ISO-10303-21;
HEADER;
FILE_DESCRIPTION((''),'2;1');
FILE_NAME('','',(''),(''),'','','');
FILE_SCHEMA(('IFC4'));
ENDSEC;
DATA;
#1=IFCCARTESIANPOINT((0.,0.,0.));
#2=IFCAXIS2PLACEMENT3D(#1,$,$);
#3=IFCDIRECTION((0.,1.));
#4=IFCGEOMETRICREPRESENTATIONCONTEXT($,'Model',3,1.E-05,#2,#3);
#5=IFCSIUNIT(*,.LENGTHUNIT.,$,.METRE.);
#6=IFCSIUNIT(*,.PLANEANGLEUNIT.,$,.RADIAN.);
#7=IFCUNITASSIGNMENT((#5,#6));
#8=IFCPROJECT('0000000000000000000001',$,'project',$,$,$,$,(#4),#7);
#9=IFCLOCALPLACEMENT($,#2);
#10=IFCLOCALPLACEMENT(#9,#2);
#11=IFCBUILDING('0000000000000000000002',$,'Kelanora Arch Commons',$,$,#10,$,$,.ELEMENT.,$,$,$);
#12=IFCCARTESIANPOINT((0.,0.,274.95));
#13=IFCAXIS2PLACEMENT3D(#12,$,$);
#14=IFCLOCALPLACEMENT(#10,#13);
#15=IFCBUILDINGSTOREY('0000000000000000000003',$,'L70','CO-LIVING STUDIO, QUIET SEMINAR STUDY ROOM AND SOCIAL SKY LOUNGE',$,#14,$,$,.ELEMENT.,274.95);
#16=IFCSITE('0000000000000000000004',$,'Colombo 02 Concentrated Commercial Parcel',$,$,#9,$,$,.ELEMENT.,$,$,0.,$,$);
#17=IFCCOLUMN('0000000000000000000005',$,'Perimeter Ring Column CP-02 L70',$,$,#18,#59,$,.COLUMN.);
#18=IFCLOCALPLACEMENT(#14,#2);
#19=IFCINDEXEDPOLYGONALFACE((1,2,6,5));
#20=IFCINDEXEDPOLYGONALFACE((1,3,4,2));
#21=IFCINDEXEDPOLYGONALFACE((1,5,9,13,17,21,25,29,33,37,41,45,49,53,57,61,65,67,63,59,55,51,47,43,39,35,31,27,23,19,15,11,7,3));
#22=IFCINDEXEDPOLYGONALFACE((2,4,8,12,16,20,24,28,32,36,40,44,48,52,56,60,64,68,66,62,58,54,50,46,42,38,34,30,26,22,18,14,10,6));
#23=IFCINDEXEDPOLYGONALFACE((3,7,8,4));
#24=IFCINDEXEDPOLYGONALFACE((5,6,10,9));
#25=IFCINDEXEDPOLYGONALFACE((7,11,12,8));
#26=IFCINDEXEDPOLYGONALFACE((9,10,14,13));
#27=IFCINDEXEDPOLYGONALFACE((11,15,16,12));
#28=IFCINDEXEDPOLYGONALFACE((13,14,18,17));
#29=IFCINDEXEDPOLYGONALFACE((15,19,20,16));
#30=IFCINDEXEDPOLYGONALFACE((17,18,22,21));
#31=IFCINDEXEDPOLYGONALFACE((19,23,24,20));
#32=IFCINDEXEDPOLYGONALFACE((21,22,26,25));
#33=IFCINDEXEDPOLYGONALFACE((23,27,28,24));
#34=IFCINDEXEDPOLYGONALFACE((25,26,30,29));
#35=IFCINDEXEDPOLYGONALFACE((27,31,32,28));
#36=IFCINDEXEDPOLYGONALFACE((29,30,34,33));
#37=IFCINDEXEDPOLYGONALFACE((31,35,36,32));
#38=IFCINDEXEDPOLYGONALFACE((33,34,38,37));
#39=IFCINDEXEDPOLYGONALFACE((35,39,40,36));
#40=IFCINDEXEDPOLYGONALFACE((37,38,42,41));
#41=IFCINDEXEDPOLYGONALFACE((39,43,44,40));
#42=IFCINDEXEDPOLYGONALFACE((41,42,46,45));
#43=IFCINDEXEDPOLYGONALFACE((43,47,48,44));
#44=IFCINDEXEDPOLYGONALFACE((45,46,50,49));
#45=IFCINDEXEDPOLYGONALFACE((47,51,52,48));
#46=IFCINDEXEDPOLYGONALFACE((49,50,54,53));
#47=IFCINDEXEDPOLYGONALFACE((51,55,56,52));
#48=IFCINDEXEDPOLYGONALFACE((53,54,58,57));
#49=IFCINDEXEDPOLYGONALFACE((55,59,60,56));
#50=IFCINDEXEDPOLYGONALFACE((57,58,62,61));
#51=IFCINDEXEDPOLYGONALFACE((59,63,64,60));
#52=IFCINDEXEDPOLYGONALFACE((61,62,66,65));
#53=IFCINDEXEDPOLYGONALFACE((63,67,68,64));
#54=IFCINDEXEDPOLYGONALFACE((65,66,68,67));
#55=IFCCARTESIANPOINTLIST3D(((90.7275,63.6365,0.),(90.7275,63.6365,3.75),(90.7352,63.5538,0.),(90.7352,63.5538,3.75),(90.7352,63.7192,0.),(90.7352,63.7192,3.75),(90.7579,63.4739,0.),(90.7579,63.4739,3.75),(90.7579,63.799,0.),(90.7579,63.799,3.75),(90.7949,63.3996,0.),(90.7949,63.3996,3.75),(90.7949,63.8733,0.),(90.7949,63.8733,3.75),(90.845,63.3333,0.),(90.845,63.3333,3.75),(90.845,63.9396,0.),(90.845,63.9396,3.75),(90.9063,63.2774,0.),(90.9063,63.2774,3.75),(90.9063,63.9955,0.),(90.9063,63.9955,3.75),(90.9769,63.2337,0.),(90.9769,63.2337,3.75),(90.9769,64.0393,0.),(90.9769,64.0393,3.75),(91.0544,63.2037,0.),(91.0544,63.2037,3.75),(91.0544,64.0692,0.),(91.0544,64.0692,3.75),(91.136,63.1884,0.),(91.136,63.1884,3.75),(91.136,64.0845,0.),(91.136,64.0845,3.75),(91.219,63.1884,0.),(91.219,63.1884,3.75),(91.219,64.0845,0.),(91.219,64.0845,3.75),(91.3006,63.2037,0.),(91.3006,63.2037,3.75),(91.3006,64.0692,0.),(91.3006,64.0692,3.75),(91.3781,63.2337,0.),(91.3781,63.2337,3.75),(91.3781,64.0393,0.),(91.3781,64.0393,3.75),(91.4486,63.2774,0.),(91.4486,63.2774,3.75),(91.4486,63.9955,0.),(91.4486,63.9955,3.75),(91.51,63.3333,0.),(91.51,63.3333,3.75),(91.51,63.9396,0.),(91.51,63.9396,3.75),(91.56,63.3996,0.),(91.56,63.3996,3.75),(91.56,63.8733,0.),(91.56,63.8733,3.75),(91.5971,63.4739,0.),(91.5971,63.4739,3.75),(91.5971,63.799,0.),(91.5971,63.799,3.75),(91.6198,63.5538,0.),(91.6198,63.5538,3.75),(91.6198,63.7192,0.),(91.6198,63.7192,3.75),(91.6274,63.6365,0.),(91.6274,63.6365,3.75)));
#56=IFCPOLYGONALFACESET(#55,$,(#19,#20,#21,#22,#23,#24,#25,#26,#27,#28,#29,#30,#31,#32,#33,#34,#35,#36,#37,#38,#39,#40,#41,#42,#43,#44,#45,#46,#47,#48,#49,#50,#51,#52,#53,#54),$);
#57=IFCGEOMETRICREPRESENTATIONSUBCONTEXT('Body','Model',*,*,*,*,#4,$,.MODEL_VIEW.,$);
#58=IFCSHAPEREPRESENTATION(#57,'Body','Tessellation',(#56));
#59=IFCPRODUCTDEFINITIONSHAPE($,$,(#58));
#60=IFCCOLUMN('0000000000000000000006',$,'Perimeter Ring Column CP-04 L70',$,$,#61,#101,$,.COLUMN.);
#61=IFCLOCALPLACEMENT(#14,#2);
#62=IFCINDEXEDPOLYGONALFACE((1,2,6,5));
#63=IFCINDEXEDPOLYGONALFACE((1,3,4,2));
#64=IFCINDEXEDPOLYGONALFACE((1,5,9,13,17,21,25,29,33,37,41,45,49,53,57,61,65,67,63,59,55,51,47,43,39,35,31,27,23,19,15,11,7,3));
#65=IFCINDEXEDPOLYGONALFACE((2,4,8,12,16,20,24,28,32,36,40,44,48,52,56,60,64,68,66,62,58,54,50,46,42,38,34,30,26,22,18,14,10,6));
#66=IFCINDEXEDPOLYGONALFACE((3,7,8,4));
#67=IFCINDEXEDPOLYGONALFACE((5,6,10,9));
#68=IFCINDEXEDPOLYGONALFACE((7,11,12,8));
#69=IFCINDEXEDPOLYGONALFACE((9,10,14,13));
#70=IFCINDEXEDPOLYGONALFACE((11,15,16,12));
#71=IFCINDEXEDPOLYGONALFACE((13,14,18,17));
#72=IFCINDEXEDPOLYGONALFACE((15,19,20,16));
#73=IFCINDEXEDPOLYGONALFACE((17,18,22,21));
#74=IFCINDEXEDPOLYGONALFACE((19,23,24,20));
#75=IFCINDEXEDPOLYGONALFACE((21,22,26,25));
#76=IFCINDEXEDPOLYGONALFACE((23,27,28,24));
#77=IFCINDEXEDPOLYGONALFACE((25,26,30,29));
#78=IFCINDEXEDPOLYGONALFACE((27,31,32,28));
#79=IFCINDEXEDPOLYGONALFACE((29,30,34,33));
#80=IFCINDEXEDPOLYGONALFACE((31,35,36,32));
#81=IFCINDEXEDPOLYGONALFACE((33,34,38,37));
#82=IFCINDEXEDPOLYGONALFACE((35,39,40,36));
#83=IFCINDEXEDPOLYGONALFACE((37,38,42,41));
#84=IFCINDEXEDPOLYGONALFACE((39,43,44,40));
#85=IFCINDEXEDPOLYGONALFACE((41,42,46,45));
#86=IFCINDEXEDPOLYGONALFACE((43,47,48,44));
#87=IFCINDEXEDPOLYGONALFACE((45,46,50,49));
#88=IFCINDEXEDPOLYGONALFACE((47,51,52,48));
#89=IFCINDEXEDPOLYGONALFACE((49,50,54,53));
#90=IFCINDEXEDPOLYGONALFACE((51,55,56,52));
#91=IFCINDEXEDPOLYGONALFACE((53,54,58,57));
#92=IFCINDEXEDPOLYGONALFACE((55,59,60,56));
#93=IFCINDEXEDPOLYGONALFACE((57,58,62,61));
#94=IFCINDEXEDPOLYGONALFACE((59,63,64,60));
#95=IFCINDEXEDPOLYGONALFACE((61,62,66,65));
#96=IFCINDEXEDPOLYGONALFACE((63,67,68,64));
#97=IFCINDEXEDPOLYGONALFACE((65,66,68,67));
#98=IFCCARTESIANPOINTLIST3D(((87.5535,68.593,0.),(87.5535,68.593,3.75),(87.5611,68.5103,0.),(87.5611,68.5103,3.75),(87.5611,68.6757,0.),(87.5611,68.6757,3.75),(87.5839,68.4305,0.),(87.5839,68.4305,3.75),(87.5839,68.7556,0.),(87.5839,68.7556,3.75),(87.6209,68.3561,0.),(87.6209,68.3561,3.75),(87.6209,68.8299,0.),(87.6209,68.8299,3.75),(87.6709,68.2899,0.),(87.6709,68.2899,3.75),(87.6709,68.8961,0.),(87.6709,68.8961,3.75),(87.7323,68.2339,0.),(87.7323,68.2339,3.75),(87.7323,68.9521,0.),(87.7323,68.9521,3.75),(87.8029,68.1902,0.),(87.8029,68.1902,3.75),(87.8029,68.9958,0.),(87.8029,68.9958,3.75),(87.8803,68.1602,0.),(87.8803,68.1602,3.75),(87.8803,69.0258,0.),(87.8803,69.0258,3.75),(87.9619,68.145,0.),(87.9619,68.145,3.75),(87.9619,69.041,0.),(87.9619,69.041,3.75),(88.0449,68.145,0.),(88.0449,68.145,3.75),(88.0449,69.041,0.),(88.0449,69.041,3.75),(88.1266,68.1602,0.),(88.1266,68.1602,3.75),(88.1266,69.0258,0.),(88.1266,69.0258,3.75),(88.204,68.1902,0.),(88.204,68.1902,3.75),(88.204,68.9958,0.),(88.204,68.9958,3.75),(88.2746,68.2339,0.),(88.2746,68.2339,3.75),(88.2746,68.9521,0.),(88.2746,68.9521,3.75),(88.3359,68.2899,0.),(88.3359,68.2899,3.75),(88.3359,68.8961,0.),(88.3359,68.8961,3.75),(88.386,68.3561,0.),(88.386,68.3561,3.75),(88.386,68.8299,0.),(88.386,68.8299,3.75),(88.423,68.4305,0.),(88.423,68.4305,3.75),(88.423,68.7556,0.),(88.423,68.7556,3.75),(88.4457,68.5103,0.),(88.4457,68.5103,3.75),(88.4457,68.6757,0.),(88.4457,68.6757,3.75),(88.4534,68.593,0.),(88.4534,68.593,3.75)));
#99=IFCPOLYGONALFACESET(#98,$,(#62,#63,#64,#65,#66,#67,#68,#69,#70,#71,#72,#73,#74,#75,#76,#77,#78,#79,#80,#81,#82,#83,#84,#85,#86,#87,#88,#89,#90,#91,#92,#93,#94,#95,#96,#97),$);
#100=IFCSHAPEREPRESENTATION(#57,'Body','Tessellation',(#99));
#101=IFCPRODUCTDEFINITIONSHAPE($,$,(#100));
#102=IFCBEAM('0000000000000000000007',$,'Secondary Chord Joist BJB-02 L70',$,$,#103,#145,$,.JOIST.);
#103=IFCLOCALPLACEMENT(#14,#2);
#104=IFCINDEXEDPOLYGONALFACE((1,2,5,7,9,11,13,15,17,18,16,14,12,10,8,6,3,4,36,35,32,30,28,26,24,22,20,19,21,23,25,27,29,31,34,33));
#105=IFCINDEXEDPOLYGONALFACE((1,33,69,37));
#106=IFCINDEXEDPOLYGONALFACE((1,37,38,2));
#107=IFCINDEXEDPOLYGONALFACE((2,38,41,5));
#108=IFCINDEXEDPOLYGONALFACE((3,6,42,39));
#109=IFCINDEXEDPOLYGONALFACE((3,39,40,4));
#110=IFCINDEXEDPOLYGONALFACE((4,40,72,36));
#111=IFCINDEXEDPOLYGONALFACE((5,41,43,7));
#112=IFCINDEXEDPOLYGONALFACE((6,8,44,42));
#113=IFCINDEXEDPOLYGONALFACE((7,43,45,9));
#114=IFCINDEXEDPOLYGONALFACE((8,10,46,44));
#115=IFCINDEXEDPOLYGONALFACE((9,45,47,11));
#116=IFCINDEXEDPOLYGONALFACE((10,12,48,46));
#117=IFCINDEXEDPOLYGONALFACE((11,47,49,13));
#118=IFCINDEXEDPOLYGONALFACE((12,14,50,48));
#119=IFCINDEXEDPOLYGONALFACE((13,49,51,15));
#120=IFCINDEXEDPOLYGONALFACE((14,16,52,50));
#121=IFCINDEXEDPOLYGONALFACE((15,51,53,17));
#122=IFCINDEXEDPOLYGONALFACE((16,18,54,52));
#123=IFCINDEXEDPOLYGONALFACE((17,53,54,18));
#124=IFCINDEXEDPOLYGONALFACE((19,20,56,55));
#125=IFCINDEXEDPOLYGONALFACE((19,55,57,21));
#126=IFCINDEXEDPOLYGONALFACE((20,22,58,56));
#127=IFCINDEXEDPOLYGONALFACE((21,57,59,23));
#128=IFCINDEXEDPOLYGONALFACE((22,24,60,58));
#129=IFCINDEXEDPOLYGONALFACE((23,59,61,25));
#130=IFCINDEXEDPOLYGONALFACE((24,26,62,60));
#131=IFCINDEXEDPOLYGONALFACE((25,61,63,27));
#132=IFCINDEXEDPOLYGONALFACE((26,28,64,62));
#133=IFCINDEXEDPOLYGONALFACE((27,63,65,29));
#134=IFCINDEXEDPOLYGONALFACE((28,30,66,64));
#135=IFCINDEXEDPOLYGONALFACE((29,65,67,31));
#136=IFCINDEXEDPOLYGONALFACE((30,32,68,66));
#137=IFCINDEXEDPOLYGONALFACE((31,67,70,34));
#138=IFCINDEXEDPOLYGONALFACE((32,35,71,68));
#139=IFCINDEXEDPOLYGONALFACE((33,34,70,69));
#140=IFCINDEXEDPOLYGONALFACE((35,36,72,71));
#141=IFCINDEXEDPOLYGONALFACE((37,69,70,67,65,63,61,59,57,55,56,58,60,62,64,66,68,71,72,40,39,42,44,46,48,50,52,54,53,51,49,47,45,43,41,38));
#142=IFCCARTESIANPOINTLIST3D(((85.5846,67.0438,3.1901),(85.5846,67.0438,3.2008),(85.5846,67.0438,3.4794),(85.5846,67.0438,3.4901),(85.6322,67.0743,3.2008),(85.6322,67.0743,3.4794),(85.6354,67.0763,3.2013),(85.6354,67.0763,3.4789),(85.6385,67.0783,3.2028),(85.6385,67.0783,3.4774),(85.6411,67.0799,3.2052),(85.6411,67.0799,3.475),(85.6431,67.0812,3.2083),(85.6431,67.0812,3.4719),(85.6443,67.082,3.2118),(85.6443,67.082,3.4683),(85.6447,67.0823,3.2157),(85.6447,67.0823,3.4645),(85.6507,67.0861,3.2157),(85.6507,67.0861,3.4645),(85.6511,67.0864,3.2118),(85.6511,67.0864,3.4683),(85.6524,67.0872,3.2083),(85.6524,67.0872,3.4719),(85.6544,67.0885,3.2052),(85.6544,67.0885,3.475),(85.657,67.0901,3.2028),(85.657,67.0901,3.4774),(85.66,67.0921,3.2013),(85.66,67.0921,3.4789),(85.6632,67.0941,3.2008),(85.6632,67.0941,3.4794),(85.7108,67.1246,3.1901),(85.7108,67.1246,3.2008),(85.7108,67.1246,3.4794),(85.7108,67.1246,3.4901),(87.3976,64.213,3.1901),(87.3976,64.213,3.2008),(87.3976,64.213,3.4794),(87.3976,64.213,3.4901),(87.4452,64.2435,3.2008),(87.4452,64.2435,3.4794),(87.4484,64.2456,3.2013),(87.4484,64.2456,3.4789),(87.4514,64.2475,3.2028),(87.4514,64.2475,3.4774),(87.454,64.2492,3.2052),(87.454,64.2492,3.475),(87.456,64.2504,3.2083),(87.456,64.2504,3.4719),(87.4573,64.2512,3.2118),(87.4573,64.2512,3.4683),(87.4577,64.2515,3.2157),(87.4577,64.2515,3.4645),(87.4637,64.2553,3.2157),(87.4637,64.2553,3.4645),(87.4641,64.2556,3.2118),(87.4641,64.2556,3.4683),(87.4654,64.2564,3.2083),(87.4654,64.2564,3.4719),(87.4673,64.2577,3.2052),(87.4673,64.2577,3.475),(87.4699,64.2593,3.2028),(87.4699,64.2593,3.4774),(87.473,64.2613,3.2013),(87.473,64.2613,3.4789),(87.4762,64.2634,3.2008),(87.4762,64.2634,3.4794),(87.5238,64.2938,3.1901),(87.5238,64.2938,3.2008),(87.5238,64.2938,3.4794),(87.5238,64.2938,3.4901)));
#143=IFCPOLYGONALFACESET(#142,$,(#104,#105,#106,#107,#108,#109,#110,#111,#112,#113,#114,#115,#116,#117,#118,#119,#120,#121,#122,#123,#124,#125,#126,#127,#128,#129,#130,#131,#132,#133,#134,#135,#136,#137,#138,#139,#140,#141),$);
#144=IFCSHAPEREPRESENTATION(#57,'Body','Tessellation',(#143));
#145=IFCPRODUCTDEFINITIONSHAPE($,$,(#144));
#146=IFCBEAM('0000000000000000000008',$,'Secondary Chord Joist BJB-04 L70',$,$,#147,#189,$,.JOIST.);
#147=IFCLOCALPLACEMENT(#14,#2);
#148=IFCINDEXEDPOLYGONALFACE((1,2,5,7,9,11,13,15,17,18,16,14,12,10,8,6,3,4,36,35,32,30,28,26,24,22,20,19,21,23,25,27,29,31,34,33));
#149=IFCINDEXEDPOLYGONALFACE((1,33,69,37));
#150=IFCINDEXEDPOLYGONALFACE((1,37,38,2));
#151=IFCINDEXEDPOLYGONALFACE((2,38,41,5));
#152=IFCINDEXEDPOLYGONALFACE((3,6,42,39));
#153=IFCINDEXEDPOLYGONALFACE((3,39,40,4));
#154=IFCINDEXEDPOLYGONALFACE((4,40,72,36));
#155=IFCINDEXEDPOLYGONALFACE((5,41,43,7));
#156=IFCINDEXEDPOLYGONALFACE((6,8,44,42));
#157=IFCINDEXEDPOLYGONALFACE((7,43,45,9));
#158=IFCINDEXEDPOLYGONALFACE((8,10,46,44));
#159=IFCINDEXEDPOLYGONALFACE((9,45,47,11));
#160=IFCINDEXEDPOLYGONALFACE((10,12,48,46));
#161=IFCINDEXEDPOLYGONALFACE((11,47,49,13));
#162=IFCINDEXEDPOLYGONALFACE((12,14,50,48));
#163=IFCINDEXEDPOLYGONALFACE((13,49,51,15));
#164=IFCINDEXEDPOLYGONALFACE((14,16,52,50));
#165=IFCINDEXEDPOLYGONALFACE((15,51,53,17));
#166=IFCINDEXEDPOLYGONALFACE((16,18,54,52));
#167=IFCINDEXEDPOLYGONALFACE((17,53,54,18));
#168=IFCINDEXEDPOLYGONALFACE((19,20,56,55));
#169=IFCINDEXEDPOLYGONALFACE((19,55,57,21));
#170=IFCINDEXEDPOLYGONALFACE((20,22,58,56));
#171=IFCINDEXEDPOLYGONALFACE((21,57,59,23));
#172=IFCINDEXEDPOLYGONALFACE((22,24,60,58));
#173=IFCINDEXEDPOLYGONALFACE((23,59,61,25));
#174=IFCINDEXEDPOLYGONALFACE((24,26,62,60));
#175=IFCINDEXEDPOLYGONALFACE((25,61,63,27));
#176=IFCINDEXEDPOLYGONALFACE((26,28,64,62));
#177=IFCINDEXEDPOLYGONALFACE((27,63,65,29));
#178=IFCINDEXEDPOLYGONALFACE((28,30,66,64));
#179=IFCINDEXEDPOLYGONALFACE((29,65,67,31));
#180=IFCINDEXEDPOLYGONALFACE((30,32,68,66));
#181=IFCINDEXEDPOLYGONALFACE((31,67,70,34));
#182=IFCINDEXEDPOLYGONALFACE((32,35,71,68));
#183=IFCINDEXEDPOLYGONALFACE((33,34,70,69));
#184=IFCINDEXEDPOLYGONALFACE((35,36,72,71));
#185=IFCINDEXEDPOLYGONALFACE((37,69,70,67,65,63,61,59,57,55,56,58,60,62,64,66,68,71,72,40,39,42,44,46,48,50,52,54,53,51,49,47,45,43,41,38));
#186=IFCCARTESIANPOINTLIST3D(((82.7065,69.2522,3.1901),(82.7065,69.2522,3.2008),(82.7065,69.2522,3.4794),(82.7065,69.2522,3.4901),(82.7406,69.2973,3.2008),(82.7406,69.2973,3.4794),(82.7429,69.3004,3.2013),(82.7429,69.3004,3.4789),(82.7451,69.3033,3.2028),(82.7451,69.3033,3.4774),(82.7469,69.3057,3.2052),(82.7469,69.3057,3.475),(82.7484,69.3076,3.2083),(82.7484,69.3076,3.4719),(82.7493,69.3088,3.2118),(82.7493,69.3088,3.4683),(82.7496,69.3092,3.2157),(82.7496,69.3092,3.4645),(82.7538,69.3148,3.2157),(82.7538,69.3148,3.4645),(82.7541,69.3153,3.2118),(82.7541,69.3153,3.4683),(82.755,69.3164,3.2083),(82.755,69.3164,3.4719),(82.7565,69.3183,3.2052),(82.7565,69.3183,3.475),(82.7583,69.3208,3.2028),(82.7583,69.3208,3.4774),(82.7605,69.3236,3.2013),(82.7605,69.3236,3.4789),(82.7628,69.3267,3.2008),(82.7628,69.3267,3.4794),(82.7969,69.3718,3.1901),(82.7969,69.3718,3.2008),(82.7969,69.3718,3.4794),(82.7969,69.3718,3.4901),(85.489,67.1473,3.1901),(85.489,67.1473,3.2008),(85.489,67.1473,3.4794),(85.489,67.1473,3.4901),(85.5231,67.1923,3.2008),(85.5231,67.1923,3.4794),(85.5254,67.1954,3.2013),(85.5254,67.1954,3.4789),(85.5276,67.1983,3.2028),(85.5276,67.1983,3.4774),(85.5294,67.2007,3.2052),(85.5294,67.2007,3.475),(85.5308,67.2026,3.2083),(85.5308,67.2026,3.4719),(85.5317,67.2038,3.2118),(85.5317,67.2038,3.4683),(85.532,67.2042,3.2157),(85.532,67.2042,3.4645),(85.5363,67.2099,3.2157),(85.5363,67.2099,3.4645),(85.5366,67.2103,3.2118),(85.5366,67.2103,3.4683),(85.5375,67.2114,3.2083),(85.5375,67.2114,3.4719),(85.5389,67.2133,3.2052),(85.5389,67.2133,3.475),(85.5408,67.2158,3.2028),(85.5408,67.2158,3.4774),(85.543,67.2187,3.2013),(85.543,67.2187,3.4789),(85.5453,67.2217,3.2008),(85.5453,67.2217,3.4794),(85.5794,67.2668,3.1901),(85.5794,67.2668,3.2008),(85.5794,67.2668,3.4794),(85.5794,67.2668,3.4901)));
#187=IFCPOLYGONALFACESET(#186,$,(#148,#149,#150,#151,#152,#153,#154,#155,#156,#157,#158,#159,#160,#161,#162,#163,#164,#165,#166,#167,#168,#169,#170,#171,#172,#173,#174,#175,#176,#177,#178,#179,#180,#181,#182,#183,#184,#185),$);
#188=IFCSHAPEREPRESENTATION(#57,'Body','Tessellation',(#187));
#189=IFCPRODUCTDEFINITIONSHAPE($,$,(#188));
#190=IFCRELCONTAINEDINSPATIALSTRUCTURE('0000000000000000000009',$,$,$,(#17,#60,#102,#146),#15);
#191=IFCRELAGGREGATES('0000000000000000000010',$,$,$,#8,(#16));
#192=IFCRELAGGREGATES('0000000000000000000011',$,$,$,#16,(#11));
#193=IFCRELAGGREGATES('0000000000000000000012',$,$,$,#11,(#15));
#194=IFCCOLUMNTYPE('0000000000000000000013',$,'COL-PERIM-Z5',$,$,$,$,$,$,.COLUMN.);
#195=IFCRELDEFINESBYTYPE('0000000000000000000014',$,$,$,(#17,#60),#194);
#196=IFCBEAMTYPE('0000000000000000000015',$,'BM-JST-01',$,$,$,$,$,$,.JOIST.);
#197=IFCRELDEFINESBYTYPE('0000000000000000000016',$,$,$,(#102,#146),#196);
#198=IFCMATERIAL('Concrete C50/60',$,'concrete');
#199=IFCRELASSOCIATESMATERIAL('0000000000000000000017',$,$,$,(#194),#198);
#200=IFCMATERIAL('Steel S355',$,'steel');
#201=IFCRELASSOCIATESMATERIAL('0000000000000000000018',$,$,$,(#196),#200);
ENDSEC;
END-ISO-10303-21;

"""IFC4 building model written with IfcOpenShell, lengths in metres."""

from ifc_helpers import new_model, si_unit, direction, frame, origin, origin_2d, place, context, subcontext, project, spatial, circle, i_section, extrude, material, material_profile, profile_set, type_object, element, save


model = new_model("IFC4")

# Units and contexts
model_context = context("Model", 3, precision=1e-05, world=origin(), true_north=direction((0.0, 1.0)))
body_context = subcontext(model_context, "Body", "Model", "MODEL_VIEW")
ifc_project = project(units=[si_unit("LENGTHUNIT", "METRE"), si_unit("PLANEANGLEUNIT", "RADIAN")], contexts=[model_context])

# Site, building, storey
site_placement = place(None, origin())
site = spatial("IfcSite", under=ifc_project, at=site_placement, Name="Colombo 02 Concentrated Commercial Parcel", CompositionType="ELEMENT", RefElevation=0.0)
building_placement = place(site_placement, origin())
building = spatial("IfcBuilding", under=site, at=building_placement, Name="Kelanora Arch Commons", CompositionType="ELEMENT")
storey_placement = place(building_placement, frame((0.0, 0.0, 274.95)))
storey = spatial("IfcBuildingStorey", under=building, at=storey_placement, Name="L70", Description="CO-LIVING STUDIO, QUIET SEMINAR STUDY ROOM AND SOCIAL SKY LOUNGE", CompositionType="ELEMENT", Elevation=274.95)

# Columns
ifc_material_1 = material(Name="Concrete C50/60", Category="concrete")
ifc_material_profile_1 = material_profile(ifc_material_1, circle(Radius=0.45, at=origin_2d()), Name="RCC900")
ifc_profile_set_1 = profile_set([ifc_material_profile_1], Name="Concrete C50/60")
column_type = type_object("IfcColumnType", Name="COL-PERIM-Z5", PredefinedType="COLUMN", material=ifc_profile_set_1)
for number, where, z_axis, x_axis, name in (
    (1, (91.1775, 63.6365, 0.0), (0.0, 0.0, 1.0), (1.0, 0.0, 0.0), "Perimeter Ring Column CP-02 L70"),
    (2, (88.0034, 68.593, 0.0), (0.0, 0.0, 1.0), (1.0, 0.0, 0.0), "Perimeter Ring Column CP-04 L70"),
):
    element("IfcColumn", number, at=place(storey_placement, frame(where, z_axis=z_axis, x_axis=x_axis)), inside=storey, type_object=column_type, Name=name, PredefinedType="COLUMN", context=body_context, shape_type="SweptSolid", body=[
        extrude(circle(Radius=0.45, at=origin_2d()), origin(), (0.0, 0.0, 1.0), 3.75),
    ])

# Beams
ifc_material_2 = material(Name="Steel S355", Category="steel")
ifc_material_profile_2 = material_profile(ifc_material_2, i_section(OverallWidth=0.1499, OverallDepth=0.3, WebThickness=0.0071, FlangeThickness=0.0107, FilletRadius=0.0149, at=origin_2d()), Name="IPE300")
ifc_profile_set_2 = profile_set([ifc_material_profile_2], Name="Steel S355")
beam_type_1 = type_object("IfcBeamType", Name="BM-JST-01", PredefinedType="JOIST", material=ifc_profile_set_2)
beam_1_placement = place(storey_placement, frame((87.4607, 64.2534, 3.3401), z_axis=(-0.539322, 0.8421, 0.0), x_axis=(-0.8421, -0.539322, 0.0)))
element("IfcBeam", 3, at=beam_1_placement, inside=storey, type_object=beam_type_1, Name="Secondary Chord Joist BJB-02 L70", PredefinedType="JOIST", context=body_context, shape_type="SweptSolid", body=[
    extrude(i_section(OverallWidth=0.1499, OverallDepth=0.3, WebThickness=0.0071, FlangeThickness=0.0107, FilletRadius=0.0149, at=origin_2d()), origin(), (0.0, 0.0, 1.0), 3.3616),
])
beam_2_placement = place(storey_placement, frame((85.5342, 67.207, 3.3401), z_axis=(-0.797499, 0.60332, 0.0), x_axis=(-0.60332, -0.797499, 0.0)))
element("IfcBeam", 4, at=beam_2_placement, inside=storey, type_object=beam_type_1, Name="Secondary Chord Joist BJB-04 L70", PredefinedType="JOIST", context=body_context, shape_type="SweptSolid", body=[
    extrude(i_section(OverallWidth=0.1499, OverallDepth=0.3, WebThickness=0.0071, FlangeThickness=0.0107, FilletRadius=0.0149, at=origin_2d()), origin(), (0.0, 0.0, 1.0), 3.489),
])

save(model, "model.ifc")
